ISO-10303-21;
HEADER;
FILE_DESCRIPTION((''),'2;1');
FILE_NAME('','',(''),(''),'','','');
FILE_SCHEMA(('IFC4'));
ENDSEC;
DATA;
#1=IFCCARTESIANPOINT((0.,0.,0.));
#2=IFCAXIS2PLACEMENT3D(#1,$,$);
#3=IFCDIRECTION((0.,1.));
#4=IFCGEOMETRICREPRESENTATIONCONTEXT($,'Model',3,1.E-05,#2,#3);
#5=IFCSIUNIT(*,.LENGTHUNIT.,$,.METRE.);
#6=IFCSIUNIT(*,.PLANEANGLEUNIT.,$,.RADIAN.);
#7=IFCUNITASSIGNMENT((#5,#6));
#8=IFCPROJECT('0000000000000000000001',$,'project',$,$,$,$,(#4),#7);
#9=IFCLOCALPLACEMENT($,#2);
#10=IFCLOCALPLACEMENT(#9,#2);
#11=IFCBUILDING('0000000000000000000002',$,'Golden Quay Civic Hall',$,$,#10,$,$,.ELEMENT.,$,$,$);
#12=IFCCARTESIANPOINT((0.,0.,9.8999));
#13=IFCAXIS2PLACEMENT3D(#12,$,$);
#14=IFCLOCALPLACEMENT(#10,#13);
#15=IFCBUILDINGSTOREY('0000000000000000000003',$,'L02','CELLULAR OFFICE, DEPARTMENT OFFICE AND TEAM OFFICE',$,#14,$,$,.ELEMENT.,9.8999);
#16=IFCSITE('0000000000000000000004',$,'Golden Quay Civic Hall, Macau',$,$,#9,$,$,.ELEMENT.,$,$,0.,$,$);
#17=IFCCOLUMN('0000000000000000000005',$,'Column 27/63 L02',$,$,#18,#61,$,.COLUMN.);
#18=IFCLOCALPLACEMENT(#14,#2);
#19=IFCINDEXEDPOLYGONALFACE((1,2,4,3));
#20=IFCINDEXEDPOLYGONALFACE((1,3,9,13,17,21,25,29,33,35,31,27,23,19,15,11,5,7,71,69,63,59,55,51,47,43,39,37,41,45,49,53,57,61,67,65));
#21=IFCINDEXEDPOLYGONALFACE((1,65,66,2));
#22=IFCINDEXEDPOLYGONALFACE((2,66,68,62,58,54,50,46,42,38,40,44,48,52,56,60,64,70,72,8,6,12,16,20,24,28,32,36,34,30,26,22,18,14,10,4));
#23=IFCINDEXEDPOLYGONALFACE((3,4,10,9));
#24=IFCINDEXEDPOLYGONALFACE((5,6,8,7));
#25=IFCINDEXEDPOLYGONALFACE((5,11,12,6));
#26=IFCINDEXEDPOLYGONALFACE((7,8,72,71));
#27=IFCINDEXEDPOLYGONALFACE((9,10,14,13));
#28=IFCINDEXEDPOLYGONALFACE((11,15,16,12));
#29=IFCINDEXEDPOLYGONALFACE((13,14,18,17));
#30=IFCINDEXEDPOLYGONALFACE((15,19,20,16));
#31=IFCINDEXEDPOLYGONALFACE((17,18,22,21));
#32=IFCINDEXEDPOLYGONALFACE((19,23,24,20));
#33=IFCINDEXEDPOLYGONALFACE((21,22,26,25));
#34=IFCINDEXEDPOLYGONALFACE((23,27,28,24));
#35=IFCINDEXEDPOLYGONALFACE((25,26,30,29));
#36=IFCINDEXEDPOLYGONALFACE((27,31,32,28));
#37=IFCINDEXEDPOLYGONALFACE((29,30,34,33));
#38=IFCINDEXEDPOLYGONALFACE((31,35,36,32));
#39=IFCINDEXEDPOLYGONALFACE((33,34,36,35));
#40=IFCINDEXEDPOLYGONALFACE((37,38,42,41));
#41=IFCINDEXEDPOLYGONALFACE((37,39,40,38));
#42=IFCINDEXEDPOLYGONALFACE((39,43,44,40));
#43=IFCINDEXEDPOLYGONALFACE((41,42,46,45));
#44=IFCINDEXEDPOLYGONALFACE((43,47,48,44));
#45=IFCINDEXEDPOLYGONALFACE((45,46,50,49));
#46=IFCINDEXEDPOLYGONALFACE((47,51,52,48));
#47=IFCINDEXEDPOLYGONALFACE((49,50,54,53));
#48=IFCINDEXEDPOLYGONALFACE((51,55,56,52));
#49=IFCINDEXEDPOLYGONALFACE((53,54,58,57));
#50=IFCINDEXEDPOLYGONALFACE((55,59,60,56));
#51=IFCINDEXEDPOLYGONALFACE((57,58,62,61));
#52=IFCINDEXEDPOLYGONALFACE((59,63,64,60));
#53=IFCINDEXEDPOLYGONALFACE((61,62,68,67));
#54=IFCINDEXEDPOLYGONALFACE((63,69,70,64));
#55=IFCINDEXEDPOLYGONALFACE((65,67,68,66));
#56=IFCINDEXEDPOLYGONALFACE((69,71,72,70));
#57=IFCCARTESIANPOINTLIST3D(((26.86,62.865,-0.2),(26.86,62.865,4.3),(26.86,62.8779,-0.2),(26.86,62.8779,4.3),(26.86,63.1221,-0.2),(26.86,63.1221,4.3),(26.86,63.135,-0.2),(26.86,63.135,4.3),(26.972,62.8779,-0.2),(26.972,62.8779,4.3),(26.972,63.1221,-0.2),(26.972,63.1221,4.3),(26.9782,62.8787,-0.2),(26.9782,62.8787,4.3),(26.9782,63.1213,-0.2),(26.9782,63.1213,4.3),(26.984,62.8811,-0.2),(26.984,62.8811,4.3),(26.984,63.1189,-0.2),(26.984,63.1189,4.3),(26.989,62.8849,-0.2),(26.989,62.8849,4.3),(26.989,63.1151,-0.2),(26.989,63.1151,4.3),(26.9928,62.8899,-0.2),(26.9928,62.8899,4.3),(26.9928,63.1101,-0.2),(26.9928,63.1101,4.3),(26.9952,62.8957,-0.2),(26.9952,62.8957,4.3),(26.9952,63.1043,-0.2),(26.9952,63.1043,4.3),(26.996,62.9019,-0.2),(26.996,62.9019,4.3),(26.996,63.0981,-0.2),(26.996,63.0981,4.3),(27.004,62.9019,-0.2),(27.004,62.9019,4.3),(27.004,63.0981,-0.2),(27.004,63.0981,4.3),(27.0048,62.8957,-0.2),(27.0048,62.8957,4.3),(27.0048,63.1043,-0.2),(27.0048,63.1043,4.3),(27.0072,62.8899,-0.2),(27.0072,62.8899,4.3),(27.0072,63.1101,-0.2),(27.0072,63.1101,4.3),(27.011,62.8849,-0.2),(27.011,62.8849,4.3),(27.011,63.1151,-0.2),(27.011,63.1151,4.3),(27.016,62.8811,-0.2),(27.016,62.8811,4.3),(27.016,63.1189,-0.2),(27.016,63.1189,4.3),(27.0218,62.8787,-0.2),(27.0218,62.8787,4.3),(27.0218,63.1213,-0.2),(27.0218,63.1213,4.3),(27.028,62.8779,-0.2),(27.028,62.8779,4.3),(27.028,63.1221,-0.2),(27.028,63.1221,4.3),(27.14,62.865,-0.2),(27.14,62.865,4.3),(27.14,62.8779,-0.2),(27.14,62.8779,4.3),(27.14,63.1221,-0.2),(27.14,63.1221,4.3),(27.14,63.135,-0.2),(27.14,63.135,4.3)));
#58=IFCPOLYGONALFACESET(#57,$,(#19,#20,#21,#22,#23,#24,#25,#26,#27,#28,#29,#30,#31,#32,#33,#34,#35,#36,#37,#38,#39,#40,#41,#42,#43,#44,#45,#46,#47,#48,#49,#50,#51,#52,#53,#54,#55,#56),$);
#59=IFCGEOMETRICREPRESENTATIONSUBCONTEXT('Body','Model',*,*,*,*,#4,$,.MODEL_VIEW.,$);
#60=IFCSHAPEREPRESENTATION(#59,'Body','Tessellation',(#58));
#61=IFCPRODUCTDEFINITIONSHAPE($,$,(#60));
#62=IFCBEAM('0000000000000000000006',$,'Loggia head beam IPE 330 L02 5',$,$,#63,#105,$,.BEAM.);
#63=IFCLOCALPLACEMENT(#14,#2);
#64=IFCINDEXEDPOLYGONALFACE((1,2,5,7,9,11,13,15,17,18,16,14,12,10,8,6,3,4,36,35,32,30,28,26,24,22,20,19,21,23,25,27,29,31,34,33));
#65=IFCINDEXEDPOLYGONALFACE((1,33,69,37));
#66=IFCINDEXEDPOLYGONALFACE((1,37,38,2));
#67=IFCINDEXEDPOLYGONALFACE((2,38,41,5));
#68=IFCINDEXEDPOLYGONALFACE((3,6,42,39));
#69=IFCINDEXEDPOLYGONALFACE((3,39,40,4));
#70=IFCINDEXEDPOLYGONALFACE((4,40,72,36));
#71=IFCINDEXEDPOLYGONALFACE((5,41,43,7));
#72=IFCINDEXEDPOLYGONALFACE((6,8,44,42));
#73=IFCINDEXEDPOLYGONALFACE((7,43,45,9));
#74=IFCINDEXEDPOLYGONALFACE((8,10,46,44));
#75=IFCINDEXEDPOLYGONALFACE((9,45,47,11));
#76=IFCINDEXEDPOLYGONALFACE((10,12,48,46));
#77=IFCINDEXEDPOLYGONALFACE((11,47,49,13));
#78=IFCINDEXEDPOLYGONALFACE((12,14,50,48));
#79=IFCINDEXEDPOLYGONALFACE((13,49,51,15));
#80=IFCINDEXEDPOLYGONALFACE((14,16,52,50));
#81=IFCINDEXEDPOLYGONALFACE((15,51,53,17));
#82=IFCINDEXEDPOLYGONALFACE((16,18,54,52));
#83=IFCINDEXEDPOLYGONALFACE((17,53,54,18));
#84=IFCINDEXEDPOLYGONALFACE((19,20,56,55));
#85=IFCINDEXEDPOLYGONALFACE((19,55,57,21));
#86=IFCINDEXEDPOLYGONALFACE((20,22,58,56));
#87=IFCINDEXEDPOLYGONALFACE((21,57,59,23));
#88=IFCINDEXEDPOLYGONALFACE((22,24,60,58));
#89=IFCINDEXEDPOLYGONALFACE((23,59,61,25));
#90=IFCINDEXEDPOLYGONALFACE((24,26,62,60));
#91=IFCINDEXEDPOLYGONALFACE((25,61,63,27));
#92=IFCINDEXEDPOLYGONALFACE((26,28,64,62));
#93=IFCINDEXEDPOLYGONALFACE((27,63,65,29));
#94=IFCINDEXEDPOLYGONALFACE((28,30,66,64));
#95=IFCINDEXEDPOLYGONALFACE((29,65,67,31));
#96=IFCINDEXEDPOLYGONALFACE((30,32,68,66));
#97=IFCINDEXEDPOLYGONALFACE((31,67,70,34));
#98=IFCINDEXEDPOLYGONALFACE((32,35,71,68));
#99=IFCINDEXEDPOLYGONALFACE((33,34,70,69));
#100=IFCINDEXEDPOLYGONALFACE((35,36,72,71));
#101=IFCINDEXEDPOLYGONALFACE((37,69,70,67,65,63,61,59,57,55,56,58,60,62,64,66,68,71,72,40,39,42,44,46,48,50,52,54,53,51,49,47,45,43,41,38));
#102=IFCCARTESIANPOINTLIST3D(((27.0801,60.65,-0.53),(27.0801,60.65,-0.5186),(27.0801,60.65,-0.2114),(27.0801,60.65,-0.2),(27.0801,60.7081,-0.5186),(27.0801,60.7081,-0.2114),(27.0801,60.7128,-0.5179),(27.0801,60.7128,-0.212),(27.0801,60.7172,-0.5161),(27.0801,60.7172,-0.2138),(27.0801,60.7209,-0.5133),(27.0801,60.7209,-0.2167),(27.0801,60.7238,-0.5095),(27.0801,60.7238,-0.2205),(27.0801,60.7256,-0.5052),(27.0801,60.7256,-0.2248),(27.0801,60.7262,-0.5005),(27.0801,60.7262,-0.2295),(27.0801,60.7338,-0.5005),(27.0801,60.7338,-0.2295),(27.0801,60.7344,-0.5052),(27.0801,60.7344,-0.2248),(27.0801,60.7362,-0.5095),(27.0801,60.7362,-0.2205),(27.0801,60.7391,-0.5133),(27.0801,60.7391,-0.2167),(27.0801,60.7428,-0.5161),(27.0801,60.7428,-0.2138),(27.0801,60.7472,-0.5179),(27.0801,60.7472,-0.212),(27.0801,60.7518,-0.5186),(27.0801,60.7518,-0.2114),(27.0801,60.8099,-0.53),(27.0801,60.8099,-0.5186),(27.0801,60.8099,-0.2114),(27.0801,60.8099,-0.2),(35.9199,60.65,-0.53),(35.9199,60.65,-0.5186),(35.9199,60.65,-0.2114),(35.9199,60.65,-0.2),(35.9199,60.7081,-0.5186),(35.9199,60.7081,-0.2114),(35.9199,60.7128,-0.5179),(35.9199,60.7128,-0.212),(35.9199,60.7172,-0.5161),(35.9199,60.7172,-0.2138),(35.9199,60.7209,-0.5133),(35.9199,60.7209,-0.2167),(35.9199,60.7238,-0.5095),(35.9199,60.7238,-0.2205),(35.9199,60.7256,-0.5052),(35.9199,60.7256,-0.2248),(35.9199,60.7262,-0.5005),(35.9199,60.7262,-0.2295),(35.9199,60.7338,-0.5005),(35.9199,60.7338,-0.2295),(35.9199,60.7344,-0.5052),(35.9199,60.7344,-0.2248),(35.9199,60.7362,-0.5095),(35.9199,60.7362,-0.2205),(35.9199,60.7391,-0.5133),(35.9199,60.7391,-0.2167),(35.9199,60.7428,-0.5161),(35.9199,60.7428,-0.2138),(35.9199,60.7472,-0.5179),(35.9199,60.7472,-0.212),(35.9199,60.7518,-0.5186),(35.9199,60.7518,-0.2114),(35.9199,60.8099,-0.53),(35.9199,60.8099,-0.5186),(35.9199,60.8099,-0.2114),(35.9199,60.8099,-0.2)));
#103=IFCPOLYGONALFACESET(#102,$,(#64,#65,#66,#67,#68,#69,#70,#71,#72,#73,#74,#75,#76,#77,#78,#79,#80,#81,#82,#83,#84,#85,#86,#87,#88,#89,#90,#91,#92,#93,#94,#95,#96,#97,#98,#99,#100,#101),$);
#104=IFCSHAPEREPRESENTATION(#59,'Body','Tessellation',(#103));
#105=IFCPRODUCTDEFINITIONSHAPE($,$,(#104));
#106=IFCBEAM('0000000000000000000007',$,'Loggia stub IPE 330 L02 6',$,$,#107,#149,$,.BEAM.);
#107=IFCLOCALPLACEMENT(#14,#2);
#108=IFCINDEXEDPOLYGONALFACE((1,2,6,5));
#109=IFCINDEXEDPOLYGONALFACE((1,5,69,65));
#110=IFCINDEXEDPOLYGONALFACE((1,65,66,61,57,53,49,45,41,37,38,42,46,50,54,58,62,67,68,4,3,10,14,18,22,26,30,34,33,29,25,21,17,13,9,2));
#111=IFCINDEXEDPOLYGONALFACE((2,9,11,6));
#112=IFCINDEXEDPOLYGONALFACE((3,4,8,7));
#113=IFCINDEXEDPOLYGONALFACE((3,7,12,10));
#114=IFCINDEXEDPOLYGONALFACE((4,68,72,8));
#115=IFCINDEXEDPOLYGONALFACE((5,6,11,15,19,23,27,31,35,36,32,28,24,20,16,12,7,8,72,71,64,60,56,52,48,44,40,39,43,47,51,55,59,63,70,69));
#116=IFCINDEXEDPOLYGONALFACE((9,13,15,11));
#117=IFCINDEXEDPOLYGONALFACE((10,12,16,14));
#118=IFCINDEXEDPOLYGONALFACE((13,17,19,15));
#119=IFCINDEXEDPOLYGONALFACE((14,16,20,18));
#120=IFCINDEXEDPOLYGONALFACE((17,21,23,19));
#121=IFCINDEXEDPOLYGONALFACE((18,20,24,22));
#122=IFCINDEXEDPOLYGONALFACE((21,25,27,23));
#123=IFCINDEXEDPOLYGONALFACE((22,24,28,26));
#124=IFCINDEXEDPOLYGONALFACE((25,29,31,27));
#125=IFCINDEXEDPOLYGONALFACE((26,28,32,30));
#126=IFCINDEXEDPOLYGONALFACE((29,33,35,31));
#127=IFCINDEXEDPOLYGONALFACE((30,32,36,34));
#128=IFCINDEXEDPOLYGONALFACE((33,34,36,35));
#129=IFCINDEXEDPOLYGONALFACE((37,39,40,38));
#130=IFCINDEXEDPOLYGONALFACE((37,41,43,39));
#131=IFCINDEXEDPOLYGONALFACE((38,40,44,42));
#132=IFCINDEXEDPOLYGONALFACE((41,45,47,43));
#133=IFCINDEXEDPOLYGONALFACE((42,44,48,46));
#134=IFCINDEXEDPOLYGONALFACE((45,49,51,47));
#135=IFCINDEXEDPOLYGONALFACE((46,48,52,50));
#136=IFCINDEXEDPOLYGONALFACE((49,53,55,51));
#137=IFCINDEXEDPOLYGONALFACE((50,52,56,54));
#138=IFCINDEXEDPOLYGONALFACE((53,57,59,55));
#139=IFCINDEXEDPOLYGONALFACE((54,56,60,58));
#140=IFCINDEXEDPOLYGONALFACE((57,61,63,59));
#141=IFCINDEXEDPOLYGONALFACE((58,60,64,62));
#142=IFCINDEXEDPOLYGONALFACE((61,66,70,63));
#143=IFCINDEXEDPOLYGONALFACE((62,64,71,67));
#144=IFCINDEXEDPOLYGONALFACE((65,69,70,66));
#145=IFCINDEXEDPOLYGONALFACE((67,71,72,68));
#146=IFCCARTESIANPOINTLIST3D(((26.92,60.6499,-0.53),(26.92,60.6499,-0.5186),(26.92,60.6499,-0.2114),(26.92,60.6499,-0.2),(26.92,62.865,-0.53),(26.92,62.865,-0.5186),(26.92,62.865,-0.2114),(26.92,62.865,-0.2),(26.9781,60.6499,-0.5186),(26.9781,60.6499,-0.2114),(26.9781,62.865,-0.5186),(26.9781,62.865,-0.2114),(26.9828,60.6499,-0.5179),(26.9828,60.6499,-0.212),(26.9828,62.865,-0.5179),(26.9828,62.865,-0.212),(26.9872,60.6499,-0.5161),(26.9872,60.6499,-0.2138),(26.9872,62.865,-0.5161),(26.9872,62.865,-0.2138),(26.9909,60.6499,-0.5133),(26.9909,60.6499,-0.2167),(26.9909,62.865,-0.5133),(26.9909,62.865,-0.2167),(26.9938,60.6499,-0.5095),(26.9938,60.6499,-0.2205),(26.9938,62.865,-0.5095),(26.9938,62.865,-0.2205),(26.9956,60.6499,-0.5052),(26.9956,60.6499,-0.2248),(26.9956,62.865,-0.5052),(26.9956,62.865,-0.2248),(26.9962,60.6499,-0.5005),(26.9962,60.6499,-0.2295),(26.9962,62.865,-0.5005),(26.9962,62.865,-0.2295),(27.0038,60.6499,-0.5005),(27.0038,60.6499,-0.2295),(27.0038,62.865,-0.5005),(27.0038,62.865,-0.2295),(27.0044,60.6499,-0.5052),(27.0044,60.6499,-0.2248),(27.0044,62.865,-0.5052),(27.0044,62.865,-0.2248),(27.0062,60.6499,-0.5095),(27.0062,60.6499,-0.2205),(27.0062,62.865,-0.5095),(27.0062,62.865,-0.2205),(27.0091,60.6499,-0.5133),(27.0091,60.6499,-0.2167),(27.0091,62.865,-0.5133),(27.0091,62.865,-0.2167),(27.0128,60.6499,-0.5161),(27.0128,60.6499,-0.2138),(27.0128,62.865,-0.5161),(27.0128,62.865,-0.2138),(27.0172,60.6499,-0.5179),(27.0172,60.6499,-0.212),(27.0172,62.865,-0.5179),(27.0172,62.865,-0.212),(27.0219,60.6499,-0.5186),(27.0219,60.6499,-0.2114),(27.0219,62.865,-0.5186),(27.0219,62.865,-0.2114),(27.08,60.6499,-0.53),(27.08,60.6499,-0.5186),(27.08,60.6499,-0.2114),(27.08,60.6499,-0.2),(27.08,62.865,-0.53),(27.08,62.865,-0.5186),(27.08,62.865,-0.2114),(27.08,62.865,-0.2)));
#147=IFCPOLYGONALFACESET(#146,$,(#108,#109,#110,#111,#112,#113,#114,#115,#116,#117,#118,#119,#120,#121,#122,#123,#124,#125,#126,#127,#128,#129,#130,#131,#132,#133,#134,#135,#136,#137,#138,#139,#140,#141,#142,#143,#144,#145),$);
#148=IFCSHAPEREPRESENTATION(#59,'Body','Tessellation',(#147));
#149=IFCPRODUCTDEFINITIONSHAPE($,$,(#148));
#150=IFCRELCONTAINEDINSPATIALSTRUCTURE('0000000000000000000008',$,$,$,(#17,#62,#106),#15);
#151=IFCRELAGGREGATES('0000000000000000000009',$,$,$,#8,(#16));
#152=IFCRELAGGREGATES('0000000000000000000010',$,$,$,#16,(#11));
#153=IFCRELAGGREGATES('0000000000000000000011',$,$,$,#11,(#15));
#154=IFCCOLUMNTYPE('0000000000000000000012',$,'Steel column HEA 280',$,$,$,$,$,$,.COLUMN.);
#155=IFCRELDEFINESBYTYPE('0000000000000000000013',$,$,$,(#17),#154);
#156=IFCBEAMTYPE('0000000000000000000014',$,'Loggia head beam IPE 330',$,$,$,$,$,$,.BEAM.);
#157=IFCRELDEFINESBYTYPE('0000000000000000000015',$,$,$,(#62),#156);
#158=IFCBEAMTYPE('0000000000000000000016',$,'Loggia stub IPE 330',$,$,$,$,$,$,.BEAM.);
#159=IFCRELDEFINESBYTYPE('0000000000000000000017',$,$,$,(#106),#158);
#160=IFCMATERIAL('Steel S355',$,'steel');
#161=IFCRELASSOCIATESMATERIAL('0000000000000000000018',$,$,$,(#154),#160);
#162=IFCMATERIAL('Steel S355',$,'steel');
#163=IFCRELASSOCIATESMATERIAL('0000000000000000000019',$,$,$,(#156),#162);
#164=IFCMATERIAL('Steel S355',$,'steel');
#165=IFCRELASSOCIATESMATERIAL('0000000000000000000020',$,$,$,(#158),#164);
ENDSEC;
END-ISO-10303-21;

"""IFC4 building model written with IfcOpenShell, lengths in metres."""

from ifc_helpers import new_model, si_unit, direction, frame, origin, origin_2d, place, context, subcontext, project, spatial, i_section, extrude, material, material_profile, profile_set, type_object, element, save


model = new_model("IFC4")

# Units and contexts
model_context = context("Model", 3, precision=1e-05, world=origin(), true_north=direction((0.0, 1.0)))
body_context = subcontext(model_context, "Body", "Model", "MODEL_VIEW")
ifc_project = project(units=[si_unit("LENGTHUNIT", "METRE"), si_unit("PLANEANGLEUNIT", "RADIAN")], contexts=[model_context])

# Site, building, storey
site_placement = place(None, origin())
site = spatial("IfcSite", under=ifc_project, at=site_placement, Name="Golden Quay Civic Hall, Macau", CompositionType="ELEMENT", RefElevation=0.0)
building_placement = place(site_placement, origin())
building = spatial("IfcBuilding", under=site, at=building_placement, Name="Golden Quay Civic Hall", CompositionType="ELEMENT")
storey_placement = place(building_placement, frame((0.0, 0.0, 9.8999)))
storey = spatial("IfcBuildingStorey", under=building, at=storey_placement, Name="L02", Description="CELLULAR OFFICE, DEPARTMENT OFFICE AND TEAM OFFICE", CompositionType="ELEMENT", Elevation=9.8999)

# Column
ifc_material_1 = material(Name="Steel S355", Category="steel")
ifc_material_profile_1 = material_profile(ifc_material_1, i_section(OverallWidth=0.28, OverallDepth=0.27, WebThickness=0.0081, FlangeThickness=0.0129, FilletRadius=0.0239, at=origin_2d()), Name="HEA 280")
ifc_profile_set_1 = profile_set([ifc_material_profile_1], Name="Steel S355")
column_type = type_object("IfcColumnType", Name="Steel column HEA 280", PredefinedType="COLUMN", material=ifc_profile_set_1)
column_placement = place(storey_placement, frame((27.0, 63.0, -0.2), z_axis=(0.0, 0.0, 1.0), x_axis=(1.0, 0.0, 0.0)))
element("IfcColumn", 1, at=column_placement, inside=storey, type_object=column_type, Name="Column 27/63 L02", PredefinedType="COLUMN", context=body_context, shape_type="SweptSolid", body=[
    extrude(i_section(OverallWidth=0.28, OverallDepth=0.27, WebThickness=0.0081, FlangeThickness=0.0129, FilletRadius=0.0239, at=origin_2d()), origin(), (0.0, 0.0, 1.0), 4.5),
])

# Beams
ifc_material_2 = material(Name="Steel S355", Category="steel")
ifc_material_profile_2 = material_profile(ifc_material_2, i_section(OverallWidth=0.1599, OverallDepth=0.3301, WebThickness=0.0076, FlangeThickness=0.0115, FilletRadius=0.0181, at=origin_2d()), Name="IPE 330")
ifc_profile_set_2 = profile_set([ifc_material_profile_2], Name="Steel S355")
beam_type_1 = type_object("IfcBeamType", Name="Loggia head beam IPE 330", PredefinedType="BEAM", material=ifc_profile_set_2)
beam_1_placement = place(storey_placement, frame((27.0801, 60.73, -0.365), z_axis=(1.0, 0.0, 0.0), x_axis=(0.0, 1.0, 0.0)))
element("IfcBeam", 2, at=beam_1_placement, inside=storey, type_object=beam_type_1, Name="Loggia head beam IPE 330 L02 5", PredefinedType="BEAM", context=body_context, shape_type="SweptSolid", body=[
    extrude(i_section(OverallWidth=0.1599, OverallDepth=0.3301, WebThickness=0.0076, FlangeThickness=0.0115, FilletRadius=0.0181, at=origin_2d()), origin(), (0.0, 0.0, 1.0), 8.8398),
])
ifc_material_3 = material(Name="Steel S355", Category="steel")
ifc_material_profile_3 = material_profile(ifc_material_3, i_section(OverallWidth=0.1599, OverallDepth=0.3301, WebThickness=0.0076, FlangeThickness=0.0115, FilletRadius=0.0181, at=origin_2d()), Name="IPE 330")
ifc_profile_set_3 = profile_set([ifc_material_profile_3], Name="Steel S355")
beam_type_2 = type_object("IfcBeamType", Name="Loggia stub IPE 330", PredefinedType="BEAM", material=ifc_profile_set_3)
beam_2_placement = place(storey_placement, frame((27.0, 62.865, -0.365), z_axis=(0.0, -1.0, 0.0), x_axis=(1.0, 0.0, 0.0)))
element("IfcBeam", 3, at=beam_2_placement, inside=storey, type_object=beam_type_2, Name="Loggia stub IPE 330 L02 6", PredefinedType="BEAM", context=body_context, shape_type="SweptSolid", body=[
    extrude(i_section(OverallWidth=0.1599, OverallDepth=0.3301, WebThickness=0.0076, FlangeThickness=0.0115, FilletRadius=0.0181, at=origin_2d()), origin(), (0.0, 0.0, 1.0), 2.2151),
])

save(model, "model.ifc")
